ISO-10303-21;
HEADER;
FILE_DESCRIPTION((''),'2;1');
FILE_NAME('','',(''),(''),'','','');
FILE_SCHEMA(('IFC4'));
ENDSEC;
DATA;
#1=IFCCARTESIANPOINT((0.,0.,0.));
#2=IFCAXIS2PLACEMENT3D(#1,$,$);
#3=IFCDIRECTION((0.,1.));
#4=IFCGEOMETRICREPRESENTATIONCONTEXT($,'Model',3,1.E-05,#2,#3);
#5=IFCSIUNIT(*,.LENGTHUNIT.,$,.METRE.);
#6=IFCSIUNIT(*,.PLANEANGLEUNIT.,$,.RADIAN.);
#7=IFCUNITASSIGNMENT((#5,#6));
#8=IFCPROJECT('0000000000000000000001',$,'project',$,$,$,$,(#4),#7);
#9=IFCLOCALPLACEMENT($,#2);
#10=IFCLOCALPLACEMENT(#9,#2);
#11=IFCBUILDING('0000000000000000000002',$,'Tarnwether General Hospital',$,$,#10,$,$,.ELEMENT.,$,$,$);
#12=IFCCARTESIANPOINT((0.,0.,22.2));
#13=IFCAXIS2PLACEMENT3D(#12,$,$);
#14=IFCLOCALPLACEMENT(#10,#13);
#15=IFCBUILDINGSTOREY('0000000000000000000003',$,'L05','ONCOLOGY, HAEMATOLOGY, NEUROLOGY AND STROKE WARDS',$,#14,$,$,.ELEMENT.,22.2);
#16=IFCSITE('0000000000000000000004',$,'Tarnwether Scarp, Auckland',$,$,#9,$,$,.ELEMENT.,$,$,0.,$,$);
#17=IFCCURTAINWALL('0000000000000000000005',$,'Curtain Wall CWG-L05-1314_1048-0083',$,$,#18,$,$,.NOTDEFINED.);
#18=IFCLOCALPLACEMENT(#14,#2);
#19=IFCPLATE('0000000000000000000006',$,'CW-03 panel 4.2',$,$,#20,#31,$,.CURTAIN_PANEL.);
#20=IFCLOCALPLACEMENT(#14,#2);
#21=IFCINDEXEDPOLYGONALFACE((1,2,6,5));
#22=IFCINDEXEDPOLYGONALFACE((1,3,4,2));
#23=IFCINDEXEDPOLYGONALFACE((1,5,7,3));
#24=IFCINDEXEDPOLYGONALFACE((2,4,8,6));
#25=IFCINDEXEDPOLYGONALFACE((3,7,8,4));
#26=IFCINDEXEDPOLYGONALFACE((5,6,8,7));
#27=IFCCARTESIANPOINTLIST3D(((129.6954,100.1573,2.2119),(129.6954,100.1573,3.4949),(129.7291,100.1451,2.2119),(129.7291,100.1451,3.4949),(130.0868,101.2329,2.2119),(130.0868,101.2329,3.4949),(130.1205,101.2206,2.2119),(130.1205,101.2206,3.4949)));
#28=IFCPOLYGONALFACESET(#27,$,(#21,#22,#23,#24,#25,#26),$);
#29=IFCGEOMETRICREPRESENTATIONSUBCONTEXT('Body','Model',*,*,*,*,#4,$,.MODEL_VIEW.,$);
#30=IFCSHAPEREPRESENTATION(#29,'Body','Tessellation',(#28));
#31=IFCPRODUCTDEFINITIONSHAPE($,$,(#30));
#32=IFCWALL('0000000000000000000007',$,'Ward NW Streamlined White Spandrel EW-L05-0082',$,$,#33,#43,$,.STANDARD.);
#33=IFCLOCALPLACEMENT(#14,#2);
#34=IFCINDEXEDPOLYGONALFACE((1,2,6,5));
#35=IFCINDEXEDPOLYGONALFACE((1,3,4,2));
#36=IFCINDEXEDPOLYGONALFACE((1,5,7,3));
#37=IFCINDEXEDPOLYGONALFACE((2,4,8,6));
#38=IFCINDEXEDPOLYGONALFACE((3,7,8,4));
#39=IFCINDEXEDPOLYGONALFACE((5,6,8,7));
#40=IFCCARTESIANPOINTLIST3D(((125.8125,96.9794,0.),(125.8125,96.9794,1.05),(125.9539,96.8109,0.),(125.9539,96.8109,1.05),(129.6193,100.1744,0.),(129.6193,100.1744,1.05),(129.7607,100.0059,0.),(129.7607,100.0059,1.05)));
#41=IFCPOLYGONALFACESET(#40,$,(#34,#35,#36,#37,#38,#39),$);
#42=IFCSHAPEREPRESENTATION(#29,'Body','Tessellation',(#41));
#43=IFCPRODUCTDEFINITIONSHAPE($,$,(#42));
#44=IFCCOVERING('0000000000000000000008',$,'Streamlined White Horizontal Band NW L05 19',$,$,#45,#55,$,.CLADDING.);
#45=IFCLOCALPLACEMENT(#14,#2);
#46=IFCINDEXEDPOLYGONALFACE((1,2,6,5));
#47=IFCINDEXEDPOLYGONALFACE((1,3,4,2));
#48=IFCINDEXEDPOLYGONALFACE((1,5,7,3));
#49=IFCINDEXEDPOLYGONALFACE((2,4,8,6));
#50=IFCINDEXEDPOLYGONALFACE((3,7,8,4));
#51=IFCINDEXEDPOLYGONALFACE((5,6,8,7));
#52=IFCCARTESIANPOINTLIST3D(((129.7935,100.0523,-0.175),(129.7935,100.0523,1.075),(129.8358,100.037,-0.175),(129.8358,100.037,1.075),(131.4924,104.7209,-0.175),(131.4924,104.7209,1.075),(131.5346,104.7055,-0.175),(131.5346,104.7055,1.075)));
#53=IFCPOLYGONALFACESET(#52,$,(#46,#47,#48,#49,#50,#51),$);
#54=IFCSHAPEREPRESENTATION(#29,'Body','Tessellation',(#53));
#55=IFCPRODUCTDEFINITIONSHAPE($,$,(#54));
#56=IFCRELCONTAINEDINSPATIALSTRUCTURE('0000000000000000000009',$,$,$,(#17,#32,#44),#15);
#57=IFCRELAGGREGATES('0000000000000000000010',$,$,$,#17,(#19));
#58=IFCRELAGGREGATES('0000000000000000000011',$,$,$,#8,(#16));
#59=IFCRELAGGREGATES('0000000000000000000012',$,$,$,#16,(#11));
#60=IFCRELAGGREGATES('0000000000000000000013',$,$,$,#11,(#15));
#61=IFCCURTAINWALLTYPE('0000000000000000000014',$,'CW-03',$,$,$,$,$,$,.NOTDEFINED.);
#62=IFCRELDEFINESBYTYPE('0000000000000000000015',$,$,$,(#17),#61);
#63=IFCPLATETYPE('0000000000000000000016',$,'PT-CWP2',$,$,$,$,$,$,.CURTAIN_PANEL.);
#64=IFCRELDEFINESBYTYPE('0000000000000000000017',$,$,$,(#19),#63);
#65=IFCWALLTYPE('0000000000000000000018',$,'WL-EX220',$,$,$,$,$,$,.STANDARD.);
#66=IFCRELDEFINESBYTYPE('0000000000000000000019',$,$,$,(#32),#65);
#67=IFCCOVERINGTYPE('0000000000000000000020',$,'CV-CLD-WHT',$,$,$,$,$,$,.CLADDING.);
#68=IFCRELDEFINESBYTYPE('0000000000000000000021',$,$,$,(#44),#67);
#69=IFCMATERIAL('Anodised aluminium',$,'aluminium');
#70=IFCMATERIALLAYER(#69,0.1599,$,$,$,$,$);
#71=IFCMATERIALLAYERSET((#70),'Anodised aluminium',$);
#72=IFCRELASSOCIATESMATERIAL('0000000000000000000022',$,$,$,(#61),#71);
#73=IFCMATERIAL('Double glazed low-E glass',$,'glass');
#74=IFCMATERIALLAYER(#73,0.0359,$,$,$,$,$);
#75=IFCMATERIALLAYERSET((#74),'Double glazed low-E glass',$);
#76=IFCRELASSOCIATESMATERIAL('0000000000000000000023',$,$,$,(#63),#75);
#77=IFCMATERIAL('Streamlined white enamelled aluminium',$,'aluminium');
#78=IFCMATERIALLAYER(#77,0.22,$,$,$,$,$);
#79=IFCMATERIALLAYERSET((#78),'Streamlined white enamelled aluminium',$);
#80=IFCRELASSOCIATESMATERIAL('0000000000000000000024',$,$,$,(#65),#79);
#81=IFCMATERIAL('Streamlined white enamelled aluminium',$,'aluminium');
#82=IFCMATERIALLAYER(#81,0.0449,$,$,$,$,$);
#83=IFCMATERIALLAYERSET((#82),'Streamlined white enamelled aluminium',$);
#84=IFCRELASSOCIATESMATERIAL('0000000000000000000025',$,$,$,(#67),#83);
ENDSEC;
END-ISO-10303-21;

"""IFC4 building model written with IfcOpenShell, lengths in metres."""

from ifc_helpers import new_model, si_unit, direction, frame, frame_2d, origin, origin_2d, place, context, subcontext, project, spatial, rectangle, extrude, material, layer, layer_set, type_object, element, aggregate, save


model = new_model("IFC4")

# Units and contexts
model_context = context("Model", 3, precision=1e-05, world=origin(), true_north=direction((0.0, 1.0)))
body_context = subcontext(model_context, "Body", "Model", "MODEL_VIEW")
ifc_project = project(units=[si_unit("LENGTHUNIT", "METRE"), si_unit("PLANEANGLEUNIT", "RADIAN")], contexts=[model_context])

# Site, building, storey
site_placement = place(None, origin())
site = spatial("IfcSite", under=ifc_project, at=site_placement, Name="Tarnwether Scarp, Auckland", CompositionType="ELEMENT", RefElevation=0.0)
building_placement = place(site_placement, origin())
building = spatial("IfcBuilding", under=site, at=building_placement, Name="Tarnwether General Hospital", CompositionType="ELEMENT")
storey_placement = place(building_placement, frame((0.0, 0.0, 22.2)))
storey = spatial("IfcBuildingStorey", under=building, at=storey_placement, Name="L05", Description="ONCOLOGY, HAEMATOLOGY, NEUROLOGY AND STROKE WARDS", CompositionType="ELEMENT", Elevation=22.2)

# Shared definitions
ifc_material_1 = material(Name="Anodised aluminium", Category="aluminium")
ifc_layer_1 = layer(ifc_material_1, 0.1599)
ifc_layer_set_1 = layer_set([ifc_layer_1], Name="Anodised aluminium")
curtain_wall_type = type_object("IfcCurtainWallType", Name="CW-03", PredefinedType="NOTDEFINED", material=ifc_layer_set_1)

# Curtain wall
curtain_wall_1_placement = place(storey_placement, origin())
curtain_wall_1 = element("IfcCurtainWall", 1, at=curtain_wall_1_placement, inside=storey, type_object=curtain_wall_type, Name="Curtain Wall CWG-L05-1314_1048-0083", PredefinedType="NOTDEFINED")

# Plate
ifc_material_2 = material(Name="Double glazed low-E glass", Category="glass")
ifc_layer_2 = layer(ifc_material_2, 0.0359)
ifc_layer_set_2 = layer_set([ifc_layer_2], Name="Double glazed low-E glass")
plate_type = type_object("IfcPlateType", Name="PT-CWP2", PredefinedType="CURTAIN_PANEL", material=ifc_layer_set_2)
plate_1_placement = place(storey_placement, frame((129.908, 100.689, 2.2119), z_axis=(0.0, 0.0, 1.0), x_axis=(-0.341953, -0.939717, 0.0)))
plate_1 = element("IfcPlate", 2, at=plate_1_placement, type_object=plate_type, Name="CW-03 panel 4.2", PredefinedType="CURTAIN_PANEL", context=body_context, shape_type="SweptSolid", body=[
    extrude(rectangle(XDim=1.1445, YDim=0.0359, at=origin_2d()), origin(), (0.0, 0.0, 1.0), 1.283),
])
aggregate(curtain_wall_1, [plate_1])

# Wall
ifc_material_3 = material(Name="Streamlined white enamelled aluminium", Category="aluminium")
ifc_layer_3 = layer(ifc_material_3, 0.22)
ifc_layer_set_3 = layer_set([ifc_layer_3], Name="Streamlined white enamelled aluminium")
wall_type = type_object("IfcWallType", Name="WL-EX220", PredefinedType="STANDARD", material=ifc_layer_set_3)
wall_placement = place(storey_placement, frame((129.6899, 100.0901, 0.0), z_axis=(0.0, 0.0, 1.0), x_axis=(-0.765974, -0.642872, 0.0)))
element("IfcWall", 3, at=wall_placement, inside=storey, type_object=wall_type, Name="Ward NW Streamlined White Spandrel EW-L05-0082", PredefinedType="STANDARD", context=body_context, shape_type="SweptSolid", body=[
    extrude(rectangle(XDim=4.97, YDim=0.22, at=frame_2d((2.4849, 0.0))), origin(), (0.0, 0.0, 1.0), 1.05),
])

# Covering
ifc_material_4 = material(Name="Streamlined white enamelled aluminium", Category="aluminium")
ifc_layer_4 = layer(ifc_material_4, 0.0449)
ifc_layer_set_4 = layer_set([ifc_layer_4], Name="Streamlined white enamelled aluminium")
covering_type = type_object("IfcCoveringType", Name="CV-CLD-WHT", PredefinedType="CLADDING", material=ifc_layer_set_4)
covering_placement = place(storey_placement, frame((130.6641, 102.3789, -0.175), z_axis=(0.0, 0.0, 1.0), x_axis=(-0.341955, -0.939716, 0.0)))
element("IfcCovering", 4, at=covering_placement, inside=storey, type_object=covering_type, Name="Streamlined White Horizontal Band NW L05 19", PredefinedType="CLADDING", context=body_context, shape_type="SweptSolid", body=[
    extrude(rectangle(XDim=4.968, YDim=0.0449, at=origin_2d()), origin(), (0.0, 0.0, 1.0), 1.25),
])

save(model, "model.ifc")
